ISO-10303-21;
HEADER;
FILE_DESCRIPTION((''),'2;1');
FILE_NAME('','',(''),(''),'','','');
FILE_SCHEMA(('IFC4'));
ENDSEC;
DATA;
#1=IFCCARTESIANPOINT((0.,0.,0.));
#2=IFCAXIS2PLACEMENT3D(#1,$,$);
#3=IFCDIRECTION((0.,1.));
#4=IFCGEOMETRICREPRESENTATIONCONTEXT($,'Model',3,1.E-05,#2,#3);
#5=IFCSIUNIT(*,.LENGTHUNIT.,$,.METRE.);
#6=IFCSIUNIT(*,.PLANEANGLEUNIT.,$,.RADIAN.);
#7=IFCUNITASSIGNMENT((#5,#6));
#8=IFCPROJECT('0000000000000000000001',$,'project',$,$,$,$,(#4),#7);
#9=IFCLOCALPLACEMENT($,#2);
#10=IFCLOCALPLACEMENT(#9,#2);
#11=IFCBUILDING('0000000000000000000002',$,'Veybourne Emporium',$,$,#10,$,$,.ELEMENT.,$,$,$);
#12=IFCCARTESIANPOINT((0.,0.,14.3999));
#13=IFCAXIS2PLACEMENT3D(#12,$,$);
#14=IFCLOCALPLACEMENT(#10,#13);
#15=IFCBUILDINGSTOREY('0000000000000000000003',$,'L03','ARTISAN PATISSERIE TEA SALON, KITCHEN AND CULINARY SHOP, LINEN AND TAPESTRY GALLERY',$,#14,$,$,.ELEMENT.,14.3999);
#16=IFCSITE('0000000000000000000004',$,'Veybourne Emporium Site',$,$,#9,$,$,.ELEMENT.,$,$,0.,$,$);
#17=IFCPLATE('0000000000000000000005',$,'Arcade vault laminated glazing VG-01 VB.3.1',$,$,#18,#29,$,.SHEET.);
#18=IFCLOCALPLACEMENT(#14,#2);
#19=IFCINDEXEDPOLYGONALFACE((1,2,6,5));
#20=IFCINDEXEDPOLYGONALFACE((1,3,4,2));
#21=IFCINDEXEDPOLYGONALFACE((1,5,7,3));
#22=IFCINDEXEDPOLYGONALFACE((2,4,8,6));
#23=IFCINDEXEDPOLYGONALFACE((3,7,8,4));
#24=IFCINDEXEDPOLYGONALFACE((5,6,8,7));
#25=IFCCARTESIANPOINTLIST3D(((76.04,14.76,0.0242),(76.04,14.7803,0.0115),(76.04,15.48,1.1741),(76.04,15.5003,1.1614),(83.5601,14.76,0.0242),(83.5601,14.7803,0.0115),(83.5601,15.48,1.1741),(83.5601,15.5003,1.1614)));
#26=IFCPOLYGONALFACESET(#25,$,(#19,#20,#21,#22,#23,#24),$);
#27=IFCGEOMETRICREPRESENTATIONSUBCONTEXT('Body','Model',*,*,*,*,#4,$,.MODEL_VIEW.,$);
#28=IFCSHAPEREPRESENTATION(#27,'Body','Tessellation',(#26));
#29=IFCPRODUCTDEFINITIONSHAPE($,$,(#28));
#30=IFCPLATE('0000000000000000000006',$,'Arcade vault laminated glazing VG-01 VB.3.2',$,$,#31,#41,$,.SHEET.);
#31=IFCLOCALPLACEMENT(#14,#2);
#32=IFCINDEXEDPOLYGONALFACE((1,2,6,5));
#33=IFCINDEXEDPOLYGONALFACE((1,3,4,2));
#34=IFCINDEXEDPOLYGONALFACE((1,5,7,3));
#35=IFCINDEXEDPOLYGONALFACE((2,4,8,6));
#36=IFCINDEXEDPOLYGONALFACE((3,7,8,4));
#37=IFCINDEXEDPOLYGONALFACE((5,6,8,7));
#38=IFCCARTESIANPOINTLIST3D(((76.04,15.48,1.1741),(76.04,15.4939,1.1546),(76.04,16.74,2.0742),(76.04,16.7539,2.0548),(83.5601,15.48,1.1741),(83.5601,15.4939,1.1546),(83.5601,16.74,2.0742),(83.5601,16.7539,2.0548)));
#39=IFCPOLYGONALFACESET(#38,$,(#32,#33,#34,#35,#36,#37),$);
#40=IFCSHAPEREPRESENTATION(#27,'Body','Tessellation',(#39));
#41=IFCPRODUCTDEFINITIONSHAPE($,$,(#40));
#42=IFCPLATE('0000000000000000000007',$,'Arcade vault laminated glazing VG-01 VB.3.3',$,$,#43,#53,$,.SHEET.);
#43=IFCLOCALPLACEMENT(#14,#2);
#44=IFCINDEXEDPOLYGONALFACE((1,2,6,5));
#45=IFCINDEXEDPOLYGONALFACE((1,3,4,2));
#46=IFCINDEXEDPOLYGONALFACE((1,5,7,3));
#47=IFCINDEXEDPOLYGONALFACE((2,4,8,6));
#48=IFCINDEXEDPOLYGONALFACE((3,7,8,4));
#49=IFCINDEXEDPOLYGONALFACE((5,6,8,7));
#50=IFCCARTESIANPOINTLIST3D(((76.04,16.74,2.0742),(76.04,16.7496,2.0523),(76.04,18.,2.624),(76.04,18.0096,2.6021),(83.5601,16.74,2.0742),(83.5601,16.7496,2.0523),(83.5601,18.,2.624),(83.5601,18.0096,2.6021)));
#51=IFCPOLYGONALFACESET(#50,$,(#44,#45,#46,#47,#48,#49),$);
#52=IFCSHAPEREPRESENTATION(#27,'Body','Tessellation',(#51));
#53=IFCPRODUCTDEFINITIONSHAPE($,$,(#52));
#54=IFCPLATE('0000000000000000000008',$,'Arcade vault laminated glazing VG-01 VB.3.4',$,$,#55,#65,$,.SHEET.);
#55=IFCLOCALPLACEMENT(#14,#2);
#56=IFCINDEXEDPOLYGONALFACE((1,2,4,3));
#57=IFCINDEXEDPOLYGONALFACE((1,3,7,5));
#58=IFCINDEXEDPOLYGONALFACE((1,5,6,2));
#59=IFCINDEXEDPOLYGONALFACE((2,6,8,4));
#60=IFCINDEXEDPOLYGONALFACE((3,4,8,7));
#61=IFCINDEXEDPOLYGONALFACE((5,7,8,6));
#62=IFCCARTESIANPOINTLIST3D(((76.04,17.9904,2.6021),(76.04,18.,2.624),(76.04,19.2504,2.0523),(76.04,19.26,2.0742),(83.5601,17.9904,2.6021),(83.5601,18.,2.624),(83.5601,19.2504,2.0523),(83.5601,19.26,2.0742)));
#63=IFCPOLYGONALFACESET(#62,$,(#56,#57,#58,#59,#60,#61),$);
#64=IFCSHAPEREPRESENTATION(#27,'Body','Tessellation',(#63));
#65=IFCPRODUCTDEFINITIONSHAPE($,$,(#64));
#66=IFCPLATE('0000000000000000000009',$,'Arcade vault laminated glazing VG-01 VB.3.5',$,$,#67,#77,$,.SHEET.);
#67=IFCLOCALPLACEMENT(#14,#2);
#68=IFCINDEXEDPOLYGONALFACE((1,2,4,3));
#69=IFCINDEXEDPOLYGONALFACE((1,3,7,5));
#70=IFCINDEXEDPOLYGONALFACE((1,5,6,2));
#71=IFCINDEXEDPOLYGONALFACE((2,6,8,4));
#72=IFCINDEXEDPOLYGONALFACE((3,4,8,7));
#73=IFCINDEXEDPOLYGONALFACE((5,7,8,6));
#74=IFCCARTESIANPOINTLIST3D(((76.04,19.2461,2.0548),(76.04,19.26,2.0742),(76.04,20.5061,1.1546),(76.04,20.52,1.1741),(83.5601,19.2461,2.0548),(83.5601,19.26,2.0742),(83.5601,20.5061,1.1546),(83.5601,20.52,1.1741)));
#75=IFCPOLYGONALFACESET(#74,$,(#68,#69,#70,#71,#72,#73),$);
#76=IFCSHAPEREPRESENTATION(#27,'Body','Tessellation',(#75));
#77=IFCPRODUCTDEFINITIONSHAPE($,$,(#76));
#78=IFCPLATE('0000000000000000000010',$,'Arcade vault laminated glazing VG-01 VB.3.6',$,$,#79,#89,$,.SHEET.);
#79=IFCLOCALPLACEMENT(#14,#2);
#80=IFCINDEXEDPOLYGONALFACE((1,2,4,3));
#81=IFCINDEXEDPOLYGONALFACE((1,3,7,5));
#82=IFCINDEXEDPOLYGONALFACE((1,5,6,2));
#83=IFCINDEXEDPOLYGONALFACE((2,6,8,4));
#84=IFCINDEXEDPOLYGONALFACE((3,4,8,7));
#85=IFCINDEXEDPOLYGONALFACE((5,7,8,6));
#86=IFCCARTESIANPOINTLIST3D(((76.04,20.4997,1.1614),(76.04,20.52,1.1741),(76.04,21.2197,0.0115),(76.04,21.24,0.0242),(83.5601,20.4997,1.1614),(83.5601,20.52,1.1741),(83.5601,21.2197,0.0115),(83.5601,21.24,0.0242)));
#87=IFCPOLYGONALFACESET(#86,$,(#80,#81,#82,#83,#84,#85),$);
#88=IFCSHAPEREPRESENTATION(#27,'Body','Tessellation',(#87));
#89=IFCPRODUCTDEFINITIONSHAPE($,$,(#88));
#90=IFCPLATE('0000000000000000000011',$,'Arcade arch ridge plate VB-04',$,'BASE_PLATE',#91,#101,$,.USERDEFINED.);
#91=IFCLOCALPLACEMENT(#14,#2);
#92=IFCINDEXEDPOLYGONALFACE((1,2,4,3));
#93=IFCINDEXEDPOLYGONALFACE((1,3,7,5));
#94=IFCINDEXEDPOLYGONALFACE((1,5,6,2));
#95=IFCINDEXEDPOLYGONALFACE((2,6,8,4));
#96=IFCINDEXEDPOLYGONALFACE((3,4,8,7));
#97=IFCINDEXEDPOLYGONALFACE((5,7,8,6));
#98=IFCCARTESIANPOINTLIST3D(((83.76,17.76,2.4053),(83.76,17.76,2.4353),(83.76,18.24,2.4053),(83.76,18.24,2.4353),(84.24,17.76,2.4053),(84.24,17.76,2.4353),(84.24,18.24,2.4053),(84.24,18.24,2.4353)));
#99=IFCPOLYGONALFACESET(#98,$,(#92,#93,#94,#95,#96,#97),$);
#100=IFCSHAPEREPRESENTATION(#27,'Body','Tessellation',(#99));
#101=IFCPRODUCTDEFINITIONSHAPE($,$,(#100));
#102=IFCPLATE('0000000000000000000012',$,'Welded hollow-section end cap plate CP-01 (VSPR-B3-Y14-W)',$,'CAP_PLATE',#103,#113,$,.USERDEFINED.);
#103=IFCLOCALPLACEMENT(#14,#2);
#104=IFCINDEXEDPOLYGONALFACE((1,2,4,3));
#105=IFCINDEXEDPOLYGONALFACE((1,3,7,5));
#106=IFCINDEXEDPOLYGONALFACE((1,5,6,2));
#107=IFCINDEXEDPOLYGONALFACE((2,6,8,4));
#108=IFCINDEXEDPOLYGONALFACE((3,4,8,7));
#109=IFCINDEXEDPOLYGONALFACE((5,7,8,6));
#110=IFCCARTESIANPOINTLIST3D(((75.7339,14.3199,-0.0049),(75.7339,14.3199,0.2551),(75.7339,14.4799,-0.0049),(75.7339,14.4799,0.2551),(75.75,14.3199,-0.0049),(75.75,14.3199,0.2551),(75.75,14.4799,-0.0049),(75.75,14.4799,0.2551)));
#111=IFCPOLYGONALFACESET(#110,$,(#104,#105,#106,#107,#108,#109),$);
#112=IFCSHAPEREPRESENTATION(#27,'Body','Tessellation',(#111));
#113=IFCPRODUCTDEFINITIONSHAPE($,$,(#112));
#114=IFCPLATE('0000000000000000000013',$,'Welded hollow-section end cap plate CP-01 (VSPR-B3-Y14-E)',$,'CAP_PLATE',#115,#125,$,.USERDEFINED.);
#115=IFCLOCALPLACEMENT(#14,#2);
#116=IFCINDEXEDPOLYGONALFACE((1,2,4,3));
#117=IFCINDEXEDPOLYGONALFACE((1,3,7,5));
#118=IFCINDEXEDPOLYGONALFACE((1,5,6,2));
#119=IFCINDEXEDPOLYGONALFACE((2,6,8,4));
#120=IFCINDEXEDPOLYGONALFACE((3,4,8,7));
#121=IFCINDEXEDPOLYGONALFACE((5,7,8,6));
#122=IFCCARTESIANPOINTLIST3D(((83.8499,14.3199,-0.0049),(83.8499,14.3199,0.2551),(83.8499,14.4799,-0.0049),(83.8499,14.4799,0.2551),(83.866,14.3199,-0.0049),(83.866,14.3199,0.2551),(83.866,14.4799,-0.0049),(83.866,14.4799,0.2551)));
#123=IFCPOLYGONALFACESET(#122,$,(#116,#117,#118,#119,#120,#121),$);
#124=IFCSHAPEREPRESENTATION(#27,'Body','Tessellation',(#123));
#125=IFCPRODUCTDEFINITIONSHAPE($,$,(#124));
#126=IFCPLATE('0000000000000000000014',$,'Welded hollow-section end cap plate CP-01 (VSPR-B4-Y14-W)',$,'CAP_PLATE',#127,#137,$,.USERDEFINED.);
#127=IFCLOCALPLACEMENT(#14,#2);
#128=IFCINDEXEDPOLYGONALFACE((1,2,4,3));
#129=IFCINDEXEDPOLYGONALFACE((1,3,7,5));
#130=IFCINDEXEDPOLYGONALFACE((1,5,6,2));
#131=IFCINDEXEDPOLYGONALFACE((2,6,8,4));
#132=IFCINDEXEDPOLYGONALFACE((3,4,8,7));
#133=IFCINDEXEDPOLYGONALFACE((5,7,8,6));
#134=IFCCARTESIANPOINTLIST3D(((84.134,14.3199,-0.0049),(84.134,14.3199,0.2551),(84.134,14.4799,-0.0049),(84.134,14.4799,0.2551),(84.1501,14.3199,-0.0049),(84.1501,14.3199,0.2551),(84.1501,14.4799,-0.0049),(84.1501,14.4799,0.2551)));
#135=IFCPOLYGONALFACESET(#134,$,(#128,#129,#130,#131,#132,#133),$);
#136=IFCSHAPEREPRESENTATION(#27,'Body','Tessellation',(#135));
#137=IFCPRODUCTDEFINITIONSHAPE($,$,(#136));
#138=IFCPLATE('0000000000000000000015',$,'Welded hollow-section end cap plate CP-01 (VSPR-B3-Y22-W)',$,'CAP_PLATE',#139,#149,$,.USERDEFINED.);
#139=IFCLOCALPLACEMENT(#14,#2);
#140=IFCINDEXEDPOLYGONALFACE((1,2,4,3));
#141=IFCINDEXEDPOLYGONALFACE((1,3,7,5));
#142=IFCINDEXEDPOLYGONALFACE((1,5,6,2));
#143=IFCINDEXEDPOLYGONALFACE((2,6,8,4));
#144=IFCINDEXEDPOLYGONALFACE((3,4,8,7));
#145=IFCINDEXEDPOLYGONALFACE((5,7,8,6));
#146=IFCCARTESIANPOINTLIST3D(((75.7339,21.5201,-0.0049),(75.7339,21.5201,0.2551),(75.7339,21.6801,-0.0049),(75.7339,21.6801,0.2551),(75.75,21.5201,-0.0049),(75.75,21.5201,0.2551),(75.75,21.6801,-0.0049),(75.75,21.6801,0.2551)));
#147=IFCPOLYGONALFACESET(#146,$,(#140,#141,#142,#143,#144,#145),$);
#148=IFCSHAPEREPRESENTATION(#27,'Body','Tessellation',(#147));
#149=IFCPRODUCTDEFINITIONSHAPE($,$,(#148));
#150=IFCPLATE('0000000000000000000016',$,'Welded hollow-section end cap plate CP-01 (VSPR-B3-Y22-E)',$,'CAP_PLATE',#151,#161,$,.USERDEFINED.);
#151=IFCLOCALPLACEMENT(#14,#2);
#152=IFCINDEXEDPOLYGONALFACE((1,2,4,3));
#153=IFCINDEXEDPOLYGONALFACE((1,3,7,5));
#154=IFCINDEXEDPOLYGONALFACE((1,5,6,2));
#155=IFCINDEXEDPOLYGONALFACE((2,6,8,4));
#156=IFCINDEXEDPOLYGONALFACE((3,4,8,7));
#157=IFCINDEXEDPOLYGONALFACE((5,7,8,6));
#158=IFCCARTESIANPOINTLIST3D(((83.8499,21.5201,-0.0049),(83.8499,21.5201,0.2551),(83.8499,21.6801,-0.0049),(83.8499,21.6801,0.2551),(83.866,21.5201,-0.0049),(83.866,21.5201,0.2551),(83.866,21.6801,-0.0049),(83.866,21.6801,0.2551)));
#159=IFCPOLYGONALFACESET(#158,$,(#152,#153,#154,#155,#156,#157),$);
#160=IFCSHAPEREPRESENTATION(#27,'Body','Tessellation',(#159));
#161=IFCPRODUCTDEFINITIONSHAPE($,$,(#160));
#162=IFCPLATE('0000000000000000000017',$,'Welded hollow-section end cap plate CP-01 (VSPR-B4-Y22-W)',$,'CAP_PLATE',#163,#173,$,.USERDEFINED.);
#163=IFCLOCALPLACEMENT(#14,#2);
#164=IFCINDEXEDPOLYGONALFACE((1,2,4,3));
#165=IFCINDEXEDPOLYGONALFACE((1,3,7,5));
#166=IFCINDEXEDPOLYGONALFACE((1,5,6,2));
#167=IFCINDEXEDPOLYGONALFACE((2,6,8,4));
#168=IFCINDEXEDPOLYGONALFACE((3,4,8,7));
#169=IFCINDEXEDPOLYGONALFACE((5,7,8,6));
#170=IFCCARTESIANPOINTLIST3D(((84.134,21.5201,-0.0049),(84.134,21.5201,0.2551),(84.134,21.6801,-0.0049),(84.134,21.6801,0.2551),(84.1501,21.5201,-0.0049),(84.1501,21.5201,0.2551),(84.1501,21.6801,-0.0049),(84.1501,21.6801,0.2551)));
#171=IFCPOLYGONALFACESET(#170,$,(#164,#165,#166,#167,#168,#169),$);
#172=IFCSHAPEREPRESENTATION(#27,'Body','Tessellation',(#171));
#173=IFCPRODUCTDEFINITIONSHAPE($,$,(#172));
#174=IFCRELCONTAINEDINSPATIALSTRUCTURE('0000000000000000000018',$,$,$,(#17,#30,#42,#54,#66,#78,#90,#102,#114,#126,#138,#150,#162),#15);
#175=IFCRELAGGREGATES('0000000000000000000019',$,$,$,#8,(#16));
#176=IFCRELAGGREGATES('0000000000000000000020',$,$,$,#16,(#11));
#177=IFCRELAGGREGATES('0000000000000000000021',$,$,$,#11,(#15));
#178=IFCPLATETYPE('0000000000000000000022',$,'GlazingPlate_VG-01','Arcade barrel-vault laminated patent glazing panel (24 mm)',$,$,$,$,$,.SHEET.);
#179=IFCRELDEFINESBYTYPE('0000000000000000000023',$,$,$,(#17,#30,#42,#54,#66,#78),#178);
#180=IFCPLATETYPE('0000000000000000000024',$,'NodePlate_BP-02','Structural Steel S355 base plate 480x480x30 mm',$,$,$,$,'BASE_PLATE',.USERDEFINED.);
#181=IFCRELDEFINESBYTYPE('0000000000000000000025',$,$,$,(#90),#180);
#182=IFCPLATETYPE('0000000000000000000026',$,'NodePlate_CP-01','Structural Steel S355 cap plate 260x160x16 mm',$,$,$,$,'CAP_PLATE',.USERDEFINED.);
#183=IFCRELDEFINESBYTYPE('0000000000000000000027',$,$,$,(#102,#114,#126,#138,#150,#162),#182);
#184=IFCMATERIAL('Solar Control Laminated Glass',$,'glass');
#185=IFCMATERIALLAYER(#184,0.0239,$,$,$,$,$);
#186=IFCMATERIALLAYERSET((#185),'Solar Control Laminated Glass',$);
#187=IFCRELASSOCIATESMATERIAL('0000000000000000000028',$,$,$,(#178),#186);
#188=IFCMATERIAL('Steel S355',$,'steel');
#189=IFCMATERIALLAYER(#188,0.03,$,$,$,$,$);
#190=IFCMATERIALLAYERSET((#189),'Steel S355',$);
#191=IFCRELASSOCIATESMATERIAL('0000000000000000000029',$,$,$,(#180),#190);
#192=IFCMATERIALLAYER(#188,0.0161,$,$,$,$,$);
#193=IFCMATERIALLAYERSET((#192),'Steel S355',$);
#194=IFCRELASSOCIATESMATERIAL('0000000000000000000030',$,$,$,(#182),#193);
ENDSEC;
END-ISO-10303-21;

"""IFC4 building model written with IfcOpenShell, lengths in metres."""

from ifc_helpers import new_model, si_unit, direction, frame, origin, origin_2d, place, context, subcontext, project, spatial, polyline, rectangle, outline, extrude, material, layer, layer_set, type_object, element, save


model = new_model("IFC4")

# Units and contexts
model_context = context("Model", 3, precision=1e-05, world=origin(), true_north=direction((0.0, 1.0)))
body_context = subcontext(model_context, "Body", "Model", "MODEL_VIEW")
ifc_project = project(units=[si_unit("LENGTHUNIT", "METRE"), si_unit("PLANEANGLEUNIT", "RADIAN")], contexts=[model_context])

# Site, building, storey
site_placement = place(None, origin())
site = spatial("IfcSite", under=ifc_project, at=site_placement, Name="Veybourne Emporium Site", CompositionType="ELEMENT", RefElevation=0.0)
building_placement = place(site_placement, origin())
building = spatial("IfcBuilding", under=site, at=building_placement, Name="Veybourne Emporium", CompositionType="ELEMENT")
storey_placement = place(building_placement, frame((0.0, 0.0, 14.3999)))
storey = spatial("IfcBuildingStorey", under=building, at=storey_placement, Name="L03", Description="ARTISAN PATISSERIE TEA SALON, KITCHEN AND CULINARY SHOP, LINEN AND TAPESTRY GALLERY", CompositionType="ELEMENT", Elevation=14.3999)

# Shared definitions
ifc_material_1 = material(Name="Steel S355", Category="steel")

# Plates
ifc_material_2 = material(Name="Solar Control Laminated Glass", Category="glass")
ifc_layer_1 = layer(ifc_material_2, 0.0239)
ifc_layer_set_1 = layer_set([ifc_layer_1], Name="Solar Control Laminated Glass")
plate_type_1 = type_object("IfcPlateType", Name="GlazingPlate_VG-01", Description="Arcade barrel-vault laminated patent glazing panel (24 mm)", PredefinedType="SHEET", material=ifc_layer_set_1)
plate_1_placement = place(storey_placement, frame((76.04, 14.76, 0.0242), z_axis=(0.0, -0.847573, 0.530678), x_axis=(1.0, 0.0, 0.0)))
element("IfcPlate", 1, at=plate_1_placement, inside=storey, type_object=plate_type_1, Name="Arcade vault laminated glazing VG-01 VB.3.1", PredefinedType="SHEET", context=body_context, shape_type="SweptSolid", body=[
    extrude(outline(polyline([(0.0, 0.0), (7.52, 0.0), (7.52, 1.3567), (0.0, 1.3567), (0.0, 0.0)])), origin(), (0.0, 0.0, -1.0), 0.0239),
])
plate_2_placement = place(storey_placement, frame((76.04, 15.48, 1.1741), z_axis=(0.0, -0.581298, 0.813691), x_axis=(1.0, 0.0, 0.0)))
element("IfcPlate", 2, at=plate_2_placement, inside=storey, type_object=plate_type_1, Name="Arcade vault laminated glazing VG-01 VB.3.2", PredefinedType="SHEET", context=body_context, shape_type="SweptSolid", body=[
    extrude(outline(polyline([(0.0, 0.0), (7.52, 0.0), (7.52, 1.5485), (0.0, 1.5485), (0.0, 0.0)])), origin(), (0.0, 0.0, -1.0), 0.0239),
])
for number, where, z_axis, x_axis, name in (
    (3, (76.04, 16.74, 2.0742), (0.0, -0.399934, 0.916544), (1.0, 0.0, 0.0), "Arcade vault laminated glazing VG-01 VB.3.3"),
    (4, (76.04, 18.0, 2.624), (0.0, 0.399934, 0.916544), (1.0, 0.0, 0.0), "Arcade vault laminated glazing VG-01 VB.3.4"),
):
    element("IfcPlate", number, at=place(storey_placement, frame(where, z_axis=z_axis, x_axis=x_axis)), inside=storey, type_object=plate_type_1, Name=name, PredefinedType="SHEET", context=body_context, shape_type="SweptSolid", body=[
        extrude(outline(polyline([(0.0, 0.0), (7.52, 0.0), (7.52, 1.3747), (0.0, 1.3747), (0.0, 0.0)])), origin(), (0.0, 0.0, -1.0), 0.0239),
    ])
plate_3_placement = place(storey_placement, frame((76.04, 19.26, 2.0742), z_axis=(0.0, 0.581298, 0.813691), x_axis=(1.0, 0.0, 0.0)))
element("IfcPlate", 5, at=plate_3_placement, inside=storey, type_object=plate_type_1, Name="Arcade vault laminated glazing VG-01 VB.3.5", PredefinedType="SHEET", context=body_context, shape_type="SweptSolid", body=[
    extrude(outline(polyline([(0.0, 0.0), (7.52, 0.0), (7.52, 1.5485), (0.0, 1.5485), (0.0, 0.0)])), origin(), (0.0, 0.0, -1.0), 0.0239),
])
plate_4_placement = place(storey_placement, frame((76.04, 20.52, 1.1741), z_axis=(0.0, 0.847573, 0.530678), x_axis=(1.0, 0.0, 0.0)))
element("IfcPlate", 6, at=plate_4_placement, inside=storey, type_object=plate_type_1, Name="Arcade vault laminated glazing VG-01 VB.3.6", PredefinedType="SHEET", context=body_context, shape_type="SweptSolid", body=[
    extrude(outline(polyline([(0.0, 0.0), (7.52, 0.0), (7.52, 1.3567), (0.0, 1.3567), (0.0, 0.0)])), origin(), (0.0, 0.0, -1.0), 0.0239),
])
ifc_layer_2 = layer(ifc_material_1, 0.03)
ifc_layer_set_2 = layer_set([ifc_layer_2], Name="Steel S355")
plate_type_2 = type_object("IfcPlateType", Name="NodePlate_BP-02", Description="Structural Steel S355 base plate 480x480x30 mm", ElementType="BASE_PLATE", PredefinedType="USERDEFINED", material=ifc_layer_set_2)
plate_5_placement = place(storey_placement, frame((84.0, 18.0, 2.4053), z_axis=(0.0, 0.0, 1.0), x_axis=(1.0, 0.0, 0.0)))
element("IfcPlate", 7, at=plate_5_placement, inside=storey, type_object=plate_type_2, Name="Arcade arch ridge plate VB-04", ObjectType="BASE_PLATE", PredefinedType="USERDEFINED", context=body_context, shape_type="SweptSolid", body=[
    extrude(rectangle(XDim=0.48, YDim=0.48, at=origin_2d()), origin(), (0.0, 0.0, 1.0), 0.03),
])
ifc_layer_3 = layer(ifc_material_1, 0.0161)
ifc_layer_set_3 = layer_set([ifc_layer_3], Name="Steel S355")
plate_type_3 = type_object("IfcPlateType", Name="NodePlate_CP-01", Description="Structural Steel S355 cap plate 260x160x16 mm", ElementType="CAP_PLATE", PredefinedType="USERDEFINED", material=ifc_layer_set_3)
for number, where, z_axis, x_axis, name in (
    (8, (75.7419, 14.3999, -0.0049), (0.0, 0.0, 1.0), (1.0, 0.0, 0.0), "Welded hollow-section end cap plate CP-01 (VSPR-B3-Y14-W)"),
    (9, (83.8579, 14.3999, -0.0049), (0.0, 0.0, 1.0), (1.0, 0.0, 0.0), "Welded hollow-section end cap plate CP-01 (VSPR-B3-Y14-E)"),
    (10, (84.1421, 14.3999, -0.0049), (0.0, 0.0, 1.0), (1.0, 0.0, 0.0), "Welded hollow-section end cap plate CP-01 (VSPR-B4-Y14-W)"),
    (11, (75.7419, 21.6001, -0.0049), (0.0, 0.0, 1.0), (1.0, 0.0, 0.0), "Welded hollow-section end cap plate CP-01 (VSPR-B3-Y22-W)"),
    (12, (83.8579, 21.6001, -0.0049), (0.0, 0.0, 1.0), (1.0, 0.0, 0.0), "Welded hollow-section end cap plate CP-01 (VSPR-B3-Y22-E)"),
    (13, (84.1421, 21.6001, -0.0049), (0.0, 0.0, 1.0), (1.0, 0.0, 0.0), "Welded hollow-section end cap plate CP-01 (VSPR-B4-Y22-W)"),
):
    element("IfcPlate", number, at=place(storey_placement, frame(where, z_axis=z_axis, x_axis=x_axis)), inside=storey, type_object=plate_type_3, Name=name, ObjectType="CAP_PLATE", PredefinedType="USERDEFINED", context=body_context, shape_type="SweptSolid", body=[
        extrude(rectangle(XDim=0.0161, YDim=0.1599, at=origin_2d()), origin(), (0.0, 0.0, 1.0), 0.26),
    ])

save(model, "model.ifc")
